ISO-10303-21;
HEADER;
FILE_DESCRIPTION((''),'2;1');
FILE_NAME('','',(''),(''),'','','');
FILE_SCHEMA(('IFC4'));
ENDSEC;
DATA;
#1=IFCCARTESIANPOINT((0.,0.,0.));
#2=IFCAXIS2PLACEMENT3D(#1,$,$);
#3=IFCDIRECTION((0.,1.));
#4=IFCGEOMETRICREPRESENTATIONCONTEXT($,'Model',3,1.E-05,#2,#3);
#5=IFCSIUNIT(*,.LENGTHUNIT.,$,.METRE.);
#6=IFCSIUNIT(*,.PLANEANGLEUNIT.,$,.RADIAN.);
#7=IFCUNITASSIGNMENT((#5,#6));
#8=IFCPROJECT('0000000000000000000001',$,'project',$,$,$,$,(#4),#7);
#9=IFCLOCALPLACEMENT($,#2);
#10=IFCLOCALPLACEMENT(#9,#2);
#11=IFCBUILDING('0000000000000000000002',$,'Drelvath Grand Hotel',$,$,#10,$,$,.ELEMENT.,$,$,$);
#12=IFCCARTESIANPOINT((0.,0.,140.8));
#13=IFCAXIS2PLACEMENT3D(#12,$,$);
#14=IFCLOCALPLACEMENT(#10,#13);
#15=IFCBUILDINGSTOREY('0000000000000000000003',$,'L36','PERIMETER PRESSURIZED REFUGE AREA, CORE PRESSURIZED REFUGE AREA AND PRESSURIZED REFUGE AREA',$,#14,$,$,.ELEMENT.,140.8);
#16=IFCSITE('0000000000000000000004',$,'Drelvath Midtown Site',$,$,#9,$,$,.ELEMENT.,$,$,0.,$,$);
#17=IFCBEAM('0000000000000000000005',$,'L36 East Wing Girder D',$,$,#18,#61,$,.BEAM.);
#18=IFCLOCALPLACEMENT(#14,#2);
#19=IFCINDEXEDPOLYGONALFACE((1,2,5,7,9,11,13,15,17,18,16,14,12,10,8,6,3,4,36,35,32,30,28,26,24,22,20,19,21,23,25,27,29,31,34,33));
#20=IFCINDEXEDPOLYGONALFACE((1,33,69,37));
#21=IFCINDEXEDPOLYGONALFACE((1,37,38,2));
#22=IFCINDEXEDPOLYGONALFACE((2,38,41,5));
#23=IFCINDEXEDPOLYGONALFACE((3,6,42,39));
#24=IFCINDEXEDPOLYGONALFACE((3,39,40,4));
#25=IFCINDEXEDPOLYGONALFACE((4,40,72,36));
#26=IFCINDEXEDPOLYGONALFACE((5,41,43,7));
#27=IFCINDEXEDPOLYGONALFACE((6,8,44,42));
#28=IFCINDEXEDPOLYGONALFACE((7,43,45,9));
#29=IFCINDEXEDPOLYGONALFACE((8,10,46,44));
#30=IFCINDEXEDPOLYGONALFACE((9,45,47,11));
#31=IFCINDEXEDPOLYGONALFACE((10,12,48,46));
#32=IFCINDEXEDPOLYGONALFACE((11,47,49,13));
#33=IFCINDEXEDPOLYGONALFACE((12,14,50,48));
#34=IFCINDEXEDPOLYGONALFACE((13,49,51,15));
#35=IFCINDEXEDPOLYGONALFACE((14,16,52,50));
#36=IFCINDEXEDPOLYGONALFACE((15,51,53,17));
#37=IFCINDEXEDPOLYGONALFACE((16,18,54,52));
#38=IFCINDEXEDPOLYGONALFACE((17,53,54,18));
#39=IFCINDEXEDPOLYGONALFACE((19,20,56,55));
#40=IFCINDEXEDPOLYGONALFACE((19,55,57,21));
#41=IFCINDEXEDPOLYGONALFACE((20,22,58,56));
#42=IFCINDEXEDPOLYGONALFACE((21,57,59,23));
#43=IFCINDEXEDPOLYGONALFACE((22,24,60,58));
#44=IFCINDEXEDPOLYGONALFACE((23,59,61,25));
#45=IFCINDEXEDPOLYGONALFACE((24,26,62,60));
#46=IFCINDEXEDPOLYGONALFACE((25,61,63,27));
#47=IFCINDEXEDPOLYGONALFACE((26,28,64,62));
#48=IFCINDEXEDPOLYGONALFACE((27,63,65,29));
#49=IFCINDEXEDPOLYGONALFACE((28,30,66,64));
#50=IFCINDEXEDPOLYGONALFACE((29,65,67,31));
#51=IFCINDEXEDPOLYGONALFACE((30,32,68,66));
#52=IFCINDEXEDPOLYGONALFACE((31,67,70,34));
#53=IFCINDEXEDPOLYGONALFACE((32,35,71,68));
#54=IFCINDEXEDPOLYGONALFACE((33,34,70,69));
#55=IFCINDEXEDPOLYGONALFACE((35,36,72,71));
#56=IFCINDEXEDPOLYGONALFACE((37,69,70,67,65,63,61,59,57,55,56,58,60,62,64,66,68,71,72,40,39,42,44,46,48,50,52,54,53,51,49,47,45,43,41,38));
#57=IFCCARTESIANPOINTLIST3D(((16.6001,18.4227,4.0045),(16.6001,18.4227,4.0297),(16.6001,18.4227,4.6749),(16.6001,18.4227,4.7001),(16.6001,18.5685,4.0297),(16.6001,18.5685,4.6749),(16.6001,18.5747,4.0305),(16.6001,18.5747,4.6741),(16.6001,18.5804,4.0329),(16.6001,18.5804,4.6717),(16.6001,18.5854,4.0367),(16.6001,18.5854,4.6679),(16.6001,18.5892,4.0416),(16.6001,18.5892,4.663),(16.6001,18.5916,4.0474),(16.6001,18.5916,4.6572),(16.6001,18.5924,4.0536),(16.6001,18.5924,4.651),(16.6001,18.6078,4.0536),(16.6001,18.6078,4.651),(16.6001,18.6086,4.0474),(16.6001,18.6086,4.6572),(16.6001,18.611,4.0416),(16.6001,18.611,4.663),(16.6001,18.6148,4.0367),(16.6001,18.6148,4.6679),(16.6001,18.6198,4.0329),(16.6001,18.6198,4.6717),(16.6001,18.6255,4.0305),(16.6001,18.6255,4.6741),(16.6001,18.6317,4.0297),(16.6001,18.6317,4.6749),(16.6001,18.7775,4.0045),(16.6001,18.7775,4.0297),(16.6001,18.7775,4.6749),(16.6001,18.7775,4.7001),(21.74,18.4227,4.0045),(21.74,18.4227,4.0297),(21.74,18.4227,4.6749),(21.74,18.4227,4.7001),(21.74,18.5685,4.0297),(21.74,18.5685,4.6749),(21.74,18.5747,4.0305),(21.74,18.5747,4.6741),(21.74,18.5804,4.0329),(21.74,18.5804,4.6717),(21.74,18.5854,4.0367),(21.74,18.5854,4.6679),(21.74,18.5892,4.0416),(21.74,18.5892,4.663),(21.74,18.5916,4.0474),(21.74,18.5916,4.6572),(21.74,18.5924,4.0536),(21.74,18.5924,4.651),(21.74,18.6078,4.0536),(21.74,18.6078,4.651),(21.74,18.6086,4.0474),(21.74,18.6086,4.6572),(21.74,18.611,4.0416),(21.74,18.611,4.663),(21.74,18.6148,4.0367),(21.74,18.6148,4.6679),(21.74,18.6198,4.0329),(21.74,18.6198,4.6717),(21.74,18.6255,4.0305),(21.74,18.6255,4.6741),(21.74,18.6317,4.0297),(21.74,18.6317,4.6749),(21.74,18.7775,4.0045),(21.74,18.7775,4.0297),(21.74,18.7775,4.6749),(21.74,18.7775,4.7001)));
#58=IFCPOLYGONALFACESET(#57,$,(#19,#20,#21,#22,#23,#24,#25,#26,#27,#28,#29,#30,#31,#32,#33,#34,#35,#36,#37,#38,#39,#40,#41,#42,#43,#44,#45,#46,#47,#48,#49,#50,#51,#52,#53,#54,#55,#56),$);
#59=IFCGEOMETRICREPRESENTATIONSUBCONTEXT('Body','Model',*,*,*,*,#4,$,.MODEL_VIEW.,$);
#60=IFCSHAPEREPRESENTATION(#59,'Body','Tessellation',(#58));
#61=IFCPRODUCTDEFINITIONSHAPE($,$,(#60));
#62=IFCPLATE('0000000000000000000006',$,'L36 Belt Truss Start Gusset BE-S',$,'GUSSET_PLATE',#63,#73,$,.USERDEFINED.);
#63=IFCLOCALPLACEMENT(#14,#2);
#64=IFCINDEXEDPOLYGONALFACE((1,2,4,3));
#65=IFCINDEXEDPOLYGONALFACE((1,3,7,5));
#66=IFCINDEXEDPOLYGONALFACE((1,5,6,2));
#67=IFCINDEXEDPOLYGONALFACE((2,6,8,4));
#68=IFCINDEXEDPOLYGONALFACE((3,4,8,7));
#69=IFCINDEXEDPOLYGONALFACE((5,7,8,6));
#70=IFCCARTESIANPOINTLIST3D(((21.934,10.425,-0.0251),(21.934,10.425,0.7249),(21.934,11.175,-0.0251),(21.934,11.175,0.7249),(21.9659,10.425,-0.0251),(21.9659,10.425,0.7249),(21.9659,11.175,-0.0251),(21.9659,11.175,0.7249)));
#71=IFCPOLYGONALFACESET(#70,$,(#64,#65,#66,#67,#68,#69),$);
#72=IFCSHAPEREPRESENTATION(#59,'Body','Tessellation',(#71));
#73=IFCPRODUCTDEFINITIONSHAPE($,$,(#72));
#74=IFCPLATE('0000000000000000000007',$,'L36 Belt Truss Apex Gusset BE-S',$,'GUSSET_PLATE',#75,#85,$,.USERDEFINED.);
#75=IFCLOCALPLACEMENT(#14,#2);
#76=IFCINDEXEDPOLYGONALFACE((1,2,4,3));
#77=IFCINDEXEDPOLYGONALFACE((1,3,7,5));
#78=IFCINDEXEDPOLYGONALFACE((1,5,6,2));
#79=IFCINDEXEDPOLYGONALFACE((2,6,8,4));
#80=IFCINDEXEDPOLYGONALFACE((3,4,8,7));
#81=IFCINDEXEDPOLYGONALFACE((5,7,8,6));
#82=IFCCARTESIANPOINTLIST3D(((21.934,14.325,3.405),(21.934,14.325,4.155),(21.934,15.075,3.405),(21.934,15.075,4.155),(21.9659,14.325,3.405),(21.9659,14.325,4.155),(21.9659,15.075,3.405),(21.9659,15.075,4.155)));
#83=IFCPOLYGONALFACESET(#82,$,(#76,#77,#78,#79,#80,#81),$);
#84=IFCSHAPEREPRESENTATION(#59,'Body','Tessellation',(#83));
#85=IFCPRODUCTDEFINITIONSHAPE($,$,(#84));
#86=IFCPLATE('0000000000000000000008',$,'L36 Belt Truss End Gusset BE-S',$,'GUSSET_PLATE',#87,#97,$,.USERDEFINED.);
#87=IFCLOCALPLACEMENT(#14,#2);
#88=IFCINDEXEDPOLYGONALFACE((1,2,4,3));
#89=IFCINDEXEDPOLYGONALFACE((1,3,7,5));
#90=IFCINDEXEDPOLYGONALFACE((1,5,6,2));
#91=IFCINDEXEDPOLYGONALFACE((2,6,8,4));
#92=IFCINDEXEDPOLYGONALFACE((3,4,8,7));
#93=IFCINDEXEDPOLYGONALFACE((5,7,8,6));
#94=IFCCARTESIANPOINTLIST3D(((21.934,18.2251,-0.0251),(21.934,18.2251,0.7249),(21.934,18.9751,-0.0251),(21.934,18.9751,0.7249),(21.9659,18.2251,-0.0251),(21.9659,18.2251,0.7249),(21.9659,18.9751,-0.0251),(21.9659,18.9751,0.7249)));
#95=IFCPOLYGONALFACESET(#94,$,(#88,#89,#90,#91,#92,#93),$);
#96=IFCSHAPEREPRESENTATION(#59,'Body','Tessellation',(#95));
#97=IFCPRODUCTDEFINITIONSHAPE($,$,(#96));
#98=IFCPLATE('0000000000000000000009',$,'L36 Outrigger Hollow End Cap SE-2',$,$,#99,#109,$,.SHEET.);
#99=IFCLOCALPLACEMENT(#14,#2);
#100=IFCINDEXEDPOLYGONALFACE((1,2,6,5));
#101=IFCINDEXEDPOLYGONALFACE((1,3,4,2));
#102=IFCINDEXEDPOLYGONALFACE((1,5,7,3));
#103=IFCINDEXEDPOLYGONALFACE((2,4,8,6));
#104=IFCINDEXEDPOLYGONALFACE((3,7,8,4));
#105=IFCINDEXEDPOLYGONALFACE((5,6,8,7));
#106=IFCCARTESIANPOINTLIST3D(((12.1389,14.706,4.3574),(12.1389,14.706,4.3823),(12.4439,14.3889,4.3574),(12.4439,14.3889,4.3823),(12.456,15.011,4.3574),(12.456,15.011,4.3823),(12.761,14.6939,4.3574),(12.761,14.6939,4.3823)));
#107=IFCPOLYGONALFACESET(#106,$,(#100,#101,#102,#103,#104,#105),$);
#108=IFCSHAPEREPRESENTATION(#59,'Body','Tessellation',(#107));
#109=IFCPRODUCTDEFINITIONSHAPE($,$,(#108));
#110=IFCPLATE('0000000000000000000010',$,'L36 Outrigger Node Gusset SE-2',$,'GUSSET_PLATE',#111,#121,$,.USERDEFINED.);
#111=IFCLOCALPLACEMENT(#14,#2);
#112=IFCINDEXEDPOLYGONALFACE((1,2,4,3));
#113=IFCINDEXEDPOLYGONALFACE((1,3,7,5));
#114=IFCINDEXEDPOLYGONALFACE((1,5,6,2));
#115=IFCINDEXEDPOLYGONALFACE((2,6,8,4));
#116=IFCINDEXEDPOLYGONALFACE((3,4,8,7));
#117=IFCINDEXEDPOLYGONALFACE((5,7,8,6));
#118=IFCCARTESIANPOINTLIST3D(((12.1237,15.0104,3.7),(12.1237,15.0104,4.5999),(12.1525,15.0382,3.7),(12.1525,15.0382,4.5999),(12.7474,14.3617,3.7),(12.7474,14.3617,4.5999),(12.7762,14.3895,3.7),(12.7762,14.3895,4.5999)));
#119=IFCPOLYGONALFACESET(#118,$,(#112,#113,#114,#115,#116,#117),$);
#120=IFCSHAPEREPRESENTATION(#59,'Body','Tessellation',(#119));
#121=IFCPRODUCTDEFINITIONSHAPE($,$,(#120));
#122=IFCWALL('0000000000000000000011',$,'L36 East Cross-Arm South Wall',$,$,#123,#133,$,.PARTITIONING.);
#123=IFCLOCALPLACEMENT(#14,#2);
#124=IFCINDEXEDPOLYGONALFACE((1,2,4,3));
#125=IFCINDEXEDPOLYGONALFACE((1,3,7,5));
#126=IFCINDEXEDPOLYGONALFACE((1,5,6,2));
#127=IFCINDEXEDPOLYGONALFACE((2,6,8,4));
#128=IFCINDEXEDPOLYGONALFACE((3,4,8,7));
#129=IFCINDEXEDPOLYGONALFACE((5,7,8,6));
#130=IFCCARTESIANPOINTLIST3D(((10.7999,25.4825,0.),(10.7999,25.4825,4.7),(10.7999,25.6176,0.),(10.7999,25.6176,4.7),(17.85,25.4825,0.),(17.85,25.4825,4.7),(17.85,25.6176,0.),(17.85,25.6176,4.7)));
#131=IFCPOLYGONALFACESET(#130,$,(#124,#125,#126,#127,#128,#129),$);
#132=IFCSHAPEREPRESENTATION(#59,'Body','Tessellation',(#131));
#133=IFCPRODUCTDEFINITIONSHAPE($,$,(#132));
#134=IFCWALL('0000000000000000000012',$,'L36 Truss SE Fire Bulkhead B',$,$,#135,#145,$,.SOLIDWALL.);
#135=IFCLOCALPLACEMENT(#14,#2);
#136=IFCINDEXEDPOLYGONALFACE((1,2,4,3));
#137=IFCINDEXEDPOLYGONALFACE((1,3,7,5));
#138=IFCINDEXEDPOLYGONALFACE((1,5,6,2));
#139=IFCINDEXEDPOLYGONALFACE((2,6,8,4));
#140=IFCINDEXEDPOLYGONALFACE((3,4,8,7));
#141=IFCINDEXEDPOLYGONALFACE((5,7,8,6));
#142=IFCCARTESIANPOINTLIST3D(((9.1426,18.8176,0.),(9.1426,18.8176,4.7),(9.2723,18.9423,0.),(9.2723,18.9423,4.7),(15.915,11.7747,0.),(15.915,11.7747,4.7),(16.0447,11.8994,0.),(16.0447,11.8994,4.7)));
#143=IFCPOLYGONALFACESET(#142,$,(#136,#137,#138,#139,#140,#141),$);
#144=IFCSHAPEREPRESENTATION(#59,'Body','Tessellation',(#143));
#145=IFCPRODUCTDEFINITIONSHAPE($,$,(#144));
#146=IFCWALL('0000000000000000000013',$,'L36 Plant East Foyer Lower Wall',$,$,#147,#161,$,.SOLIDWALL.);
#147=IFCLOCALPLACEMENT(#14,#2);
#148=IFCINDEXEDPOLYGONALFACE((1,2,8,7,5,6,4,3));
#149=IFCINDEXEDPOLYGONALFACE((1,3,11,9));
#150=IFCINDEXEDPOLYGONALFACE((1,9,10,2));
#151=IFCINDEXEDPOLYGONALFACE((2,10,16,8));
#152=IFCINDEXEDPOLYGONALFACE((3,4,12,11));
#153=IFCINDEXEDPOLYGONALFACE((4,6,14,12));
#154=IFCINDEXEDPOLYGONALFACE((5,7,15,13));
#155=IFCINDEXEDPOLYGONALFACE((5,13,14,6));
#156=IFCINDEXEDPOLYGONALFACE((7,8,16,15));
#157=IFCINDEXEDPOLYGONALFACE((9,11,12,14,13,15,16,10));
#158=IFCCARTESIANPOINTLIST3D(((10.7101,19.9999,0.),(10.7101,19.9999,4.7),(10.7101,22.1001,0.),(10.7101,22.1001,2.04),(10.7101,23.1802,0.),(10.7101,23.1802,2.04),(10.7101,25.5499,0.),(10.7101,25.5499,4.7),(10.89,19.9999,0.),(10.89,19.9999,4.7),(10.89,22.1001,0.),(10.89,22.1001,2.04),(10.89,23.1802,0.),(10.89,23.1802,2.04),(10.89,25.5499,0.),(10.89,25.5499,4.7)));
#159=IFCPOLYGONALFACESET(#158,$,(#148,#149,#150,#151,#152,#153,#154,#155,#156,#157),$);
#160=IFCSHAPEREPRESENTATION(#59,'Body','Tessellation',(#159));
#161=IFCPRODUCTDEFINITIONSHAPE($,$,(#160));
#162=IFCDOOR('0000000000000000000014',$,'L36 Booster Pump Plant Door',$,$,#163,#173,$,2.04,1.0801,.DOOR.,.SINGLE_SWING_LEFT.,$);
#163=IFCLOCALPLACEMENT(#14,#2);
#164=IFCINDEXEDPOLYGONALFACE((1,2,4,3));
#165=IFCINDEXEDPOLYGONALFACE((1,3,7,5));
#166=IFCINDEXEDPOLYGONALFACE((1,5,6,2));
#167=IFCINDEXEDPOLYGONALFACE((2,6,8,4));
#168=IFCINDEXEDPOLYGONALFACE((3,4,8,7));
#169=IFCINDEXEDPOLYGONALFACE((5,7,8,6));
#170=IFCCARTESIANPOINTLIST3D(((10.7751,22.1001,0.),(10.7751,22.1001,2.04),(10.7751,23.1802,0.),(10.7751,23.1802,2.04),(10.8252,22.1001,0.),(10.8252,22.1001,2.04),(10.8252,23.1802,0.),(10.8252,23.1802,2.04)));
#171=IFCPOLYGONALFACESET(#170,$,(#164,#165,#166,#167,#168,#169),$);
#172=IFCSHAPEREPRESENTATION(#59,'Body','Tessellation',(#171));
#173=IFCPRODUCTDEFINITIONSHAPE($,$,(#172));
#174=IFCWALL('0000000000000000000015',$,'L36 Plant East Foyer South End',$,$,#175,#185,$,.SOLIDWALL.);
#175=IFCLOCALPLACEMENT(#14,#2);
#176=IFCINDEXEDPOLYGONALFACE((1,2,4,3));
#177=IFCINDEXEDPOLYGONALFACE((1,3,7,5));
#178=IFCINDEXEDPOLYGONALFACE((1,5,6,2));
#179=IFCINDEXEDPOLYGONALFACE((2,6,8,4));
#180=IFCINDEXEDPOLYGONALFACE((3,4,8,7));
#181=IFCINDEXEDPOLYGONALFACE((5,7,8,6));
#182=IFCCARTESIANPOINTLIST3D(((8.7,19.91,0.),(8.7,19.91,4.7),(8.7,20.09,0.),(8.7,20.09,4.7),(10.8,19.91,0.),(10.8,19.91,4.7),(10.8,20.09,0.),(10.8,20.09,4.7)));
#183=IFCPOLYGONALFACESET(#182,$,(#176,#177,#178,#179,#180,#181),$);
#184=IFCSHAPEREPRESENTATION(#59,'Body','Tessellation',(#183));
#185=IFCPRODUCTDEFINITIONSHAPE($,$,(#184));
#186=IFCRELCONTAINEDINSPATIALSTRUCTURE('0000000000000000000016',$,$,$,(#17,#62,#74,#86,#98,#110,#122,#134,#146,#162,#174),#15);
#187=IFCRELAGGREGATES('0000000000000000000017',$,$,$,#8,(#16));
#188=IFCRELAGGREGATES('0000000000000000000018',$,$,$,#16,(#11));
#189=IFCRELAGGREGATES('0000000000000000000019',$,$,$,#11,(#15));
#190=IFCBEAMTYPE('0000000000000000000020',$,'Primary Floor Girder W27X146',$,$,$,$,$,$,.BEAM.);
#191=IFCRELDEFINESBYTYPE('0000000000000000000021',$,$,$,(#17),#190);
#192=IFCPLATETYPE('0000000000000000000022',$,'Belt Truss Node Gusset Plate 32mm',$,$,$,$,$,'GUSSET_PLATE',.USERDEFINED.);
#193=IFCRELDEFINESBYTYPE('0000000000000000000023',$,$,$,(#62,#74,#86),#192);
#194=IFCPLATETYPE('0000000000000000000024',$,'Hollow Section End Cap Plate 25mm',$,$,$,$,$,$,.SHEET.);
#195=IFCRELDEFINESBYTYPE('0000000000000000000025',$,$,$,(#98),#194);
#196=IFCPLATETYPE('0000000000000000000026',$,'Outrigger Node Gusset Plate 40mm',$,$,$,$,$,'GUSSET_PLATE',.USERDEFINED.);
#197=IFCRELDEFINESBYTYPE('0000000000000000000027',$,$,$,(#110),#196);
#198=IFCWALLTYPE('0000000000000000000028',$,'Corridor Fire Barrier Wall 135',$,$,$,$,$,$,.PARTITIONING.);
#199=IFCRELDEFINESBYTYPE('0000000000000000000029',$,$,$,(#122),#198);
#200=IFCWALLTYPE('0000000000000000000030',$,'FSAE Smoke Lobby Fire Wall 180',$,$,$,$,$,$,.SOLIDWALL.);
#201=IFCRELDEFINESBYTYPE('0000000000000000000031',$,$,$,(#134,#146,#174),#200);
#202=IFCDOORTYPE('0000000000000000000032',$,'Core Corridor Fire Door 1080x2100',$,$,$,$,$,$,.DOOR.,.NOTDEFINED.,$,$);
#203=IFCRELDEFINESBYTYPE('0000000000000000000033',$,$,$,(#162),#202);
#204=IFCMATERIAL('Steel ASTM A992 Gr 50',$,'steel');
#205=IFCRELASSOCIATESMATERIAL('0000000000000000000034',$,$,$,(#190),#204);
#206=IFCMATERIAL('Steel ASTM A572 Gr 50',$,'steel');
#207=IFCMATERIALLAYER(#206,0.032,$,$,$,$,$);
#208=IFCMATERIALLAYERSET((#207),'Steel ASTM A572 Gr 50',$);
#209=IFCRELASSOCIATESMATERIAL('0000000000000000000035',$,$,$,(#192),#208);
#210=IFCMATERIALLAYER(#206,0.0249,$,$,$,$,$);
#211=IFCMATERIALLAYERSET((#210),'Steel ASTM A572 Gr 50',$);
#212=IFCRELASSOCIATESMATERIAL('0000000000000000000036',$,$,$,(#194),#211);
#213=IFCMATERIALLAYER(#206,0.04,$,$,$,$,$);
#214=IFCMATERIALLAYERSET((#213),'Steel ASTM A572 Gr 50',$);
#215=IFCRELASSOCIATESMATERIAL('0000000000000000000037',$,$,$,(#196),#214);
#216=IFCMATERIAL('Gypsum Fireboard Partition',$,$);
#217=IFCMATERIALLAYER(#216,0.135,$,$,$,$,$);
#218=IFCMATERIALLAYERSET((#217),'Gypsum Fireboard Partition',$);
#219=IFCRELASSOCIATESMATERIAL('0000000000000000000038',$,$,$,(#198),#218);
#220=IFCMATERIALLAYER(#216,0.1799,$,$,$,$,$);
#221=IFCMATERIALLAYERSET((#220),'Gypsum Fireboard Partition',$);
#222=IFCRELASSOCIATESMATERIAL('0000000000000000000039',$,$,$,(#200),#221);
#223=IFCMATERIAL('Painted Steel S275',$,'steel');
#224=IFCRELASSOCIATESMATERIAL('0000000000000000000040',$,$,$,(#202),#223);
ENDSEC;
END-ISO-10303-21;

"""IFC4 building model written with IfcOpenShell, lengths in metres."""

from ifc_helpers import new_model, si_unit, direction, frame, frame_2d, origin, origin_2d, place, context, subcontext, project, spatial, rectangle, i_section, extrude, material, layer, layer_set, material_profile, profile_set, type_object, element, fill, save


model = new_model("IFC4")

# Units and contexts
model_context = context("Model", 3, precision=1e-05, world=origin(), true_north=direction((0.0, 1.0)))
body_context = subcontext(model_context, "Body", "Model", "MODEL_VIEW")
ifc_project = project(units=[si_unit("LENGTHUNIT", "METRE"), si_unit("PLANEANGLEUNIT", "RADIAN")], contexts=[model_context])

# Site, building, storey
site_placement = place(None, origin())
site = spatial("IfcSite", under=ifc_project, at=site_placement, Name="Drelvath Midtown Site", CompositionType="ELEMENT", RefElevation=0.0)
building_placement = place(site_placement, origin())
building = spatial("IfcBuilding", under=site, at=building_placement, Name="Drelvath Grand Hotel", CompositionType="ELEMENT")
storey_placement = place(building_placement, frame((0.0, 0.0, 140.8)))
storey = spatial("IfcBuildingStorey", under=building, at=storey_placement, Name="L36", Description="PERIMETER PRESSURIZED REFUGE AREA, CORE PRESSURIZED REFUGE AREA AND PRESSURIZED REFUGE AREA", CompositionType="ELEMENT", Elevation=140.8)

# Beam
ifc_material_1 = material(Name="Steel ASTM A992 Gr 50", Category="steel")
ifc_material_profile_1 = material_profile(ifc_material_1, i_section(OverallWidth=0.3547, OverallDepth=0.6956, WebThickness=0.0154, FlangeThickness=0.0251, FilletRadius=0.0239, at=origin_2d()), Name="W27X146")
ifc_profile_set_1 = profile_set([ifc_material_profile_1], Name="Steel ASTM A992 Gr 50")
beam_type_1 = type_object("IfcBeamType", Name="Primary Floor Girder W27X146", PredefinedType="BEAM", material=ifc_profile_set_1)
beam_1_placement = place(storey_placement, frame((16.6001, 18.6001, 4.3523), z_axis=(1.0, 0.0, 0.0), x_axis=(0.0, 1.0, 0.0)))
element("IfcBeam", 1, at=beam_1_placement, inside=storey, type_object=beam_type_1, Name="L36 East Wing Girder D", PredefinedType="BEAM", context=body_context, shape_type="SweptSolid", body=[
    extrude(i_section(OverallWidth=0.3547, OverallDepth=0.6956, WebThickness=0.0154, FlangeThickness=0.0251, FilletRadius=0.0239, at=origin_2d()), origin(), (0.0, 0.0, 1.0), 5.1399),
])

# Plates
ifc_material_2 = material(Name="Steel ASTM A572 Gr 50", Category="steel")
ifc_layer_1 = layer(ifc_material_2, 0.032)
ifc_layer_set_1 = layer_set([ifc_layer_1], Name="Steel ASTM A572 Gr 50")
plate_type_1 = type_object("IfcPlateType", Name="Belt Truss Node Gusset Plate 32mm", ElementType="GUSSET_PLATE", PredefinedType="USERDEFINED", material=ifc_layer_set_1)
for number, where, z_axis, x_axis, name in (
    (2, (21.95, 10.8, -0.0251), (0.0, 0.0, 1.0), (0.0, 1.0, 0.0), "L36 Belt Truss Start Gusset BE-S"),
    (3, (21.95, 14.7, 3.405), (0.0, 0.0, 1.0), (0.0, 1.0, 0.0), "L36 Belt Truss Apex Gusset BE-S"),
    (4, (21.95, 18.6001, -0.0251), (0.0, 0.0, 1.0), (0.0, 1.0, 0.0), "L36 Belt Truss End Gusset BE-S"),
):
    element("IfcPlate", number, at=place(storey_placement, frame(where, z_axis=z_axis, x_axis=x_axis)), inside=storey, type_object=plate_type_1, Name=name, ObjectType="GUSSET_PLATE", PredefinedType="USERDEFINED", context=body_context, shape_type="SweptSolid", body=[
        extrude(rectangle(XDim=0.75, YDim=0.032, at=origin_2d()), origin(), (0.0, 0.0, 1.0), 0.75),
    ])
ifc_layer_2 = layer(ifc_material_2, 0.0249)
ifc_layer_set_2 = layer_set([ifc_layer_2], Name="Steel ASTM A572 Gr 50")
plate_type_2 = type_object("IfcPlateType", Name="Hollow Section End Cap Plate 25mm", PredefinedType="SHEET", material=ifc_layer_set_2)
plate_1_placement = place(storey_placement, frame((12.45, 14.7, 4.3574), z_axis=(0.0, 0.0, 1.0), x_axis=(0.693109, -0.720833, 0.0)))
element("IfcPlate", 5, at=plate_1_placement, inside=storey, type_object=plate_type_2, Name="L36 Outrigger Hollow End Cap SE-2", PredefinedType="SHEET", context=body_context, shape_type="SweptSolid", body=[
    extrude(rectangle(XDim=0.4399, YDim=0.4399, at=origin_2d()), origin(), (0.0, 0.0, 1.0), 0.0249),
])
ifc_layer_3 = layer(ifc_material_2, 0.04)
ifc_layer_set_3 = layer_set([ifc_layer_3], Name="Steel ASTM A572 Gr 50")
plate_type_3 = type_object("IfcPlateType", Name="Outrigger Node Gusset Plate 40mm", ElementType="GUSSET_PLATE", PredefinedType="USERDEFINED", material=ifc_layer_set_3)
plate_2_placement = place(storey_placement, frame((12.45, 14.7, 3.7), z_axis=(0.0, 0.0, 1.0), x_axis=(0.693109, -0.720833, 0.0)))
element("IfcPlate", 6, at=plate_2_placement, inside=storey, type_object=plate_type_3, Name="L36 Outrigger Node Gusset SE-2", ObjectType="GUSSET_PLATE", PredefinedType="USERDEFINED", context=body_context, shape_type="SweptSolid", body=[
    extrude(rectangle(XDim=0.8999, YDim=0.04, at=origin_2d()), origin(), (0.0, 0.0, 1.0), 0.8999),
])

# Walls
ifc_material_3 = material(Name="Gypsum Fireboard Partition")
ifc_layer_4 = layer(ifc_material_3, 0.135)
ifc_layer_set_4 = layer_set([ifc_layer_4], Name="Gypsum Fireboard Partition")
wall_type_1 = type_object("IfcWallType", Name="Corridor Fire Barrier Wall 135", PredefinedType="PARTITIONING", material=ifc_layer_set_4)
wall_1_placement = place(storey_placement, frame((10.8, 25.55, 0.0), z_axis=(0.0, 0.0, 1.0), x_axis=(1.0, 0.0, 0.0)))
element("IfcWall", 7, at=wall_1_placement, inside=storey, type_object=wall_type_1, Name="L36 East Cross-Arm South Wall", PredefinedType="PARTITIONING", context=body_context, shape_type="SweptSolid", body=[
    extrude(rectangle(XDim=7.05, YDim=0.135, at=frame_2d((3.5249, 0.0))), origin(), (0.0, 0.0, 1.0), 4.7),
])
ifc_layer_5 = layer(ifc_material_3, 0.1799)
ifc_layer_set_5 = layer_set([ifc_layer_5], Name="Gypsum Fireboard Partition")
wall_type_2 = type_object("IfcWallType", Name="FSAE Smoke Lobby Fire Wall 180", PredefinedType="SOLIDWALL", material=ifc_layer_set_5)
wall_2_placement = place(storey_placement, frame((9.2075, 18.8799, 0.0), z_axis=(0.0, 0.0, 1.0), x_axis=(0.693129, -0.720814, 0.0)))
element("IfcWall", 8, at=wall_2_placement, inside=storey, type_object=wall_type_2, Name="L36 Truss SE Fire Bulkhead B", PredefinedType="SOLIDWALL", context=body_context, shape_type="SweptSolid", body=[
    extrude(rectangle(XDim=9.7708, YDim=0.1799, at=frame_2d((4.8853, 0.0))), origin(), (0.0, 0.0, 1.0), 4.7),
])

# Wall, opening, door
wall_3_placement = place(storey_placement, frame((10.8, 20.0, 0.0), z_axis=(0.0, 0.0, 1.0), x_axis=(0.0, 1.0, 0.0)))
wall_3 = element("IfcWall", 9, at=wall_3_placement, inside=storey, type_object=wall_type_2, Name="L36 Plant East Foyer Lower Wall", PredefinedType="SOLIDWALL", context=body_context, shape_type="SweptSolid", body=[
    extrude(rectangle(XDim=5.55, YDim=0.1799, at=frame_2d((2.7749, 0.0))), origin(), (0.0, 0.0, 1.0), 4.7),
])
opening_placement = place(wall_3_placement, frame((2.1001, 0.0, 0.0)))
opening = element("IfcOpeningElement", 10, at=opening_placement, cuts=wall_3, PredefinedType="OPENING", context=body_context, shape_type="SweptSolid", body=[
    extrude(rectangle(XDim=1.0801, YDim=2.04, at=frame_2d((0.54, 1.02))), frame((0.0, 0.0999, 0.0), z_axis=(0.0, -1.0, 0.0), x_axis=(1.0, 0.0, 0.0)), (0.0, 0.0, 1.0), 0.2),
])
ifc_material_4 = material(Name="Painted Steel S275", Category="steel")
door_type = type_object("IfcDoorType", Name="Core Corridor Fire Door 1080x2100", OperationType="NOTDEFINED", PredefinedType="DOOR", material=ifc_material_4)
door_placement = place(opening_placement, origin())
door = element("IfcDoor", 11, at=door_placement, inside=storey, type_object=door_type, Name="L36 Booster Pump Plant Door", OperationType="SINGLE_SWING_LEFT", OverallHeight=2.04, OverallWidth=1.0801, PredefinedType="DOOR", context=body_context, shape_type="SweptSolid", body=[
    extrude(rectangle(XDim=1.0801, YDim=2.04, at=frame_2d((0.54, 1.02))), frame((0.0, 0.0249, 0.0), z_axis=(0.0, -1.0, 0.0), x_axis=(1.0, 0.0, 0.0)), (0.0, 0.0, 1.0), 0.05),
])
fill(opening, door)

# Wall
wall_4_placement = place(storey_placement, frame((8.7, 20.0, 0.0), z_axis=(0.0, 0.0, 1.0), x_axis=(1.0, 0.0, 0.0)))
element("IfcWall", 12, at=wall_4_placement, inside=storey, type_object=wall_type_2, Name="L36 Plant East Foyer South End", PredefinedType="SOLIDWALL", context=body_context, shape_type="SweptSolid", body=[
    extrude(rectangle(XDim=2.1001, YDim=0.1799, at=frame_2d((1.05, 0.0))), origin(), (0.0, 0.0, 1.0), 4.7),
])

save(model, "model.ifc")
